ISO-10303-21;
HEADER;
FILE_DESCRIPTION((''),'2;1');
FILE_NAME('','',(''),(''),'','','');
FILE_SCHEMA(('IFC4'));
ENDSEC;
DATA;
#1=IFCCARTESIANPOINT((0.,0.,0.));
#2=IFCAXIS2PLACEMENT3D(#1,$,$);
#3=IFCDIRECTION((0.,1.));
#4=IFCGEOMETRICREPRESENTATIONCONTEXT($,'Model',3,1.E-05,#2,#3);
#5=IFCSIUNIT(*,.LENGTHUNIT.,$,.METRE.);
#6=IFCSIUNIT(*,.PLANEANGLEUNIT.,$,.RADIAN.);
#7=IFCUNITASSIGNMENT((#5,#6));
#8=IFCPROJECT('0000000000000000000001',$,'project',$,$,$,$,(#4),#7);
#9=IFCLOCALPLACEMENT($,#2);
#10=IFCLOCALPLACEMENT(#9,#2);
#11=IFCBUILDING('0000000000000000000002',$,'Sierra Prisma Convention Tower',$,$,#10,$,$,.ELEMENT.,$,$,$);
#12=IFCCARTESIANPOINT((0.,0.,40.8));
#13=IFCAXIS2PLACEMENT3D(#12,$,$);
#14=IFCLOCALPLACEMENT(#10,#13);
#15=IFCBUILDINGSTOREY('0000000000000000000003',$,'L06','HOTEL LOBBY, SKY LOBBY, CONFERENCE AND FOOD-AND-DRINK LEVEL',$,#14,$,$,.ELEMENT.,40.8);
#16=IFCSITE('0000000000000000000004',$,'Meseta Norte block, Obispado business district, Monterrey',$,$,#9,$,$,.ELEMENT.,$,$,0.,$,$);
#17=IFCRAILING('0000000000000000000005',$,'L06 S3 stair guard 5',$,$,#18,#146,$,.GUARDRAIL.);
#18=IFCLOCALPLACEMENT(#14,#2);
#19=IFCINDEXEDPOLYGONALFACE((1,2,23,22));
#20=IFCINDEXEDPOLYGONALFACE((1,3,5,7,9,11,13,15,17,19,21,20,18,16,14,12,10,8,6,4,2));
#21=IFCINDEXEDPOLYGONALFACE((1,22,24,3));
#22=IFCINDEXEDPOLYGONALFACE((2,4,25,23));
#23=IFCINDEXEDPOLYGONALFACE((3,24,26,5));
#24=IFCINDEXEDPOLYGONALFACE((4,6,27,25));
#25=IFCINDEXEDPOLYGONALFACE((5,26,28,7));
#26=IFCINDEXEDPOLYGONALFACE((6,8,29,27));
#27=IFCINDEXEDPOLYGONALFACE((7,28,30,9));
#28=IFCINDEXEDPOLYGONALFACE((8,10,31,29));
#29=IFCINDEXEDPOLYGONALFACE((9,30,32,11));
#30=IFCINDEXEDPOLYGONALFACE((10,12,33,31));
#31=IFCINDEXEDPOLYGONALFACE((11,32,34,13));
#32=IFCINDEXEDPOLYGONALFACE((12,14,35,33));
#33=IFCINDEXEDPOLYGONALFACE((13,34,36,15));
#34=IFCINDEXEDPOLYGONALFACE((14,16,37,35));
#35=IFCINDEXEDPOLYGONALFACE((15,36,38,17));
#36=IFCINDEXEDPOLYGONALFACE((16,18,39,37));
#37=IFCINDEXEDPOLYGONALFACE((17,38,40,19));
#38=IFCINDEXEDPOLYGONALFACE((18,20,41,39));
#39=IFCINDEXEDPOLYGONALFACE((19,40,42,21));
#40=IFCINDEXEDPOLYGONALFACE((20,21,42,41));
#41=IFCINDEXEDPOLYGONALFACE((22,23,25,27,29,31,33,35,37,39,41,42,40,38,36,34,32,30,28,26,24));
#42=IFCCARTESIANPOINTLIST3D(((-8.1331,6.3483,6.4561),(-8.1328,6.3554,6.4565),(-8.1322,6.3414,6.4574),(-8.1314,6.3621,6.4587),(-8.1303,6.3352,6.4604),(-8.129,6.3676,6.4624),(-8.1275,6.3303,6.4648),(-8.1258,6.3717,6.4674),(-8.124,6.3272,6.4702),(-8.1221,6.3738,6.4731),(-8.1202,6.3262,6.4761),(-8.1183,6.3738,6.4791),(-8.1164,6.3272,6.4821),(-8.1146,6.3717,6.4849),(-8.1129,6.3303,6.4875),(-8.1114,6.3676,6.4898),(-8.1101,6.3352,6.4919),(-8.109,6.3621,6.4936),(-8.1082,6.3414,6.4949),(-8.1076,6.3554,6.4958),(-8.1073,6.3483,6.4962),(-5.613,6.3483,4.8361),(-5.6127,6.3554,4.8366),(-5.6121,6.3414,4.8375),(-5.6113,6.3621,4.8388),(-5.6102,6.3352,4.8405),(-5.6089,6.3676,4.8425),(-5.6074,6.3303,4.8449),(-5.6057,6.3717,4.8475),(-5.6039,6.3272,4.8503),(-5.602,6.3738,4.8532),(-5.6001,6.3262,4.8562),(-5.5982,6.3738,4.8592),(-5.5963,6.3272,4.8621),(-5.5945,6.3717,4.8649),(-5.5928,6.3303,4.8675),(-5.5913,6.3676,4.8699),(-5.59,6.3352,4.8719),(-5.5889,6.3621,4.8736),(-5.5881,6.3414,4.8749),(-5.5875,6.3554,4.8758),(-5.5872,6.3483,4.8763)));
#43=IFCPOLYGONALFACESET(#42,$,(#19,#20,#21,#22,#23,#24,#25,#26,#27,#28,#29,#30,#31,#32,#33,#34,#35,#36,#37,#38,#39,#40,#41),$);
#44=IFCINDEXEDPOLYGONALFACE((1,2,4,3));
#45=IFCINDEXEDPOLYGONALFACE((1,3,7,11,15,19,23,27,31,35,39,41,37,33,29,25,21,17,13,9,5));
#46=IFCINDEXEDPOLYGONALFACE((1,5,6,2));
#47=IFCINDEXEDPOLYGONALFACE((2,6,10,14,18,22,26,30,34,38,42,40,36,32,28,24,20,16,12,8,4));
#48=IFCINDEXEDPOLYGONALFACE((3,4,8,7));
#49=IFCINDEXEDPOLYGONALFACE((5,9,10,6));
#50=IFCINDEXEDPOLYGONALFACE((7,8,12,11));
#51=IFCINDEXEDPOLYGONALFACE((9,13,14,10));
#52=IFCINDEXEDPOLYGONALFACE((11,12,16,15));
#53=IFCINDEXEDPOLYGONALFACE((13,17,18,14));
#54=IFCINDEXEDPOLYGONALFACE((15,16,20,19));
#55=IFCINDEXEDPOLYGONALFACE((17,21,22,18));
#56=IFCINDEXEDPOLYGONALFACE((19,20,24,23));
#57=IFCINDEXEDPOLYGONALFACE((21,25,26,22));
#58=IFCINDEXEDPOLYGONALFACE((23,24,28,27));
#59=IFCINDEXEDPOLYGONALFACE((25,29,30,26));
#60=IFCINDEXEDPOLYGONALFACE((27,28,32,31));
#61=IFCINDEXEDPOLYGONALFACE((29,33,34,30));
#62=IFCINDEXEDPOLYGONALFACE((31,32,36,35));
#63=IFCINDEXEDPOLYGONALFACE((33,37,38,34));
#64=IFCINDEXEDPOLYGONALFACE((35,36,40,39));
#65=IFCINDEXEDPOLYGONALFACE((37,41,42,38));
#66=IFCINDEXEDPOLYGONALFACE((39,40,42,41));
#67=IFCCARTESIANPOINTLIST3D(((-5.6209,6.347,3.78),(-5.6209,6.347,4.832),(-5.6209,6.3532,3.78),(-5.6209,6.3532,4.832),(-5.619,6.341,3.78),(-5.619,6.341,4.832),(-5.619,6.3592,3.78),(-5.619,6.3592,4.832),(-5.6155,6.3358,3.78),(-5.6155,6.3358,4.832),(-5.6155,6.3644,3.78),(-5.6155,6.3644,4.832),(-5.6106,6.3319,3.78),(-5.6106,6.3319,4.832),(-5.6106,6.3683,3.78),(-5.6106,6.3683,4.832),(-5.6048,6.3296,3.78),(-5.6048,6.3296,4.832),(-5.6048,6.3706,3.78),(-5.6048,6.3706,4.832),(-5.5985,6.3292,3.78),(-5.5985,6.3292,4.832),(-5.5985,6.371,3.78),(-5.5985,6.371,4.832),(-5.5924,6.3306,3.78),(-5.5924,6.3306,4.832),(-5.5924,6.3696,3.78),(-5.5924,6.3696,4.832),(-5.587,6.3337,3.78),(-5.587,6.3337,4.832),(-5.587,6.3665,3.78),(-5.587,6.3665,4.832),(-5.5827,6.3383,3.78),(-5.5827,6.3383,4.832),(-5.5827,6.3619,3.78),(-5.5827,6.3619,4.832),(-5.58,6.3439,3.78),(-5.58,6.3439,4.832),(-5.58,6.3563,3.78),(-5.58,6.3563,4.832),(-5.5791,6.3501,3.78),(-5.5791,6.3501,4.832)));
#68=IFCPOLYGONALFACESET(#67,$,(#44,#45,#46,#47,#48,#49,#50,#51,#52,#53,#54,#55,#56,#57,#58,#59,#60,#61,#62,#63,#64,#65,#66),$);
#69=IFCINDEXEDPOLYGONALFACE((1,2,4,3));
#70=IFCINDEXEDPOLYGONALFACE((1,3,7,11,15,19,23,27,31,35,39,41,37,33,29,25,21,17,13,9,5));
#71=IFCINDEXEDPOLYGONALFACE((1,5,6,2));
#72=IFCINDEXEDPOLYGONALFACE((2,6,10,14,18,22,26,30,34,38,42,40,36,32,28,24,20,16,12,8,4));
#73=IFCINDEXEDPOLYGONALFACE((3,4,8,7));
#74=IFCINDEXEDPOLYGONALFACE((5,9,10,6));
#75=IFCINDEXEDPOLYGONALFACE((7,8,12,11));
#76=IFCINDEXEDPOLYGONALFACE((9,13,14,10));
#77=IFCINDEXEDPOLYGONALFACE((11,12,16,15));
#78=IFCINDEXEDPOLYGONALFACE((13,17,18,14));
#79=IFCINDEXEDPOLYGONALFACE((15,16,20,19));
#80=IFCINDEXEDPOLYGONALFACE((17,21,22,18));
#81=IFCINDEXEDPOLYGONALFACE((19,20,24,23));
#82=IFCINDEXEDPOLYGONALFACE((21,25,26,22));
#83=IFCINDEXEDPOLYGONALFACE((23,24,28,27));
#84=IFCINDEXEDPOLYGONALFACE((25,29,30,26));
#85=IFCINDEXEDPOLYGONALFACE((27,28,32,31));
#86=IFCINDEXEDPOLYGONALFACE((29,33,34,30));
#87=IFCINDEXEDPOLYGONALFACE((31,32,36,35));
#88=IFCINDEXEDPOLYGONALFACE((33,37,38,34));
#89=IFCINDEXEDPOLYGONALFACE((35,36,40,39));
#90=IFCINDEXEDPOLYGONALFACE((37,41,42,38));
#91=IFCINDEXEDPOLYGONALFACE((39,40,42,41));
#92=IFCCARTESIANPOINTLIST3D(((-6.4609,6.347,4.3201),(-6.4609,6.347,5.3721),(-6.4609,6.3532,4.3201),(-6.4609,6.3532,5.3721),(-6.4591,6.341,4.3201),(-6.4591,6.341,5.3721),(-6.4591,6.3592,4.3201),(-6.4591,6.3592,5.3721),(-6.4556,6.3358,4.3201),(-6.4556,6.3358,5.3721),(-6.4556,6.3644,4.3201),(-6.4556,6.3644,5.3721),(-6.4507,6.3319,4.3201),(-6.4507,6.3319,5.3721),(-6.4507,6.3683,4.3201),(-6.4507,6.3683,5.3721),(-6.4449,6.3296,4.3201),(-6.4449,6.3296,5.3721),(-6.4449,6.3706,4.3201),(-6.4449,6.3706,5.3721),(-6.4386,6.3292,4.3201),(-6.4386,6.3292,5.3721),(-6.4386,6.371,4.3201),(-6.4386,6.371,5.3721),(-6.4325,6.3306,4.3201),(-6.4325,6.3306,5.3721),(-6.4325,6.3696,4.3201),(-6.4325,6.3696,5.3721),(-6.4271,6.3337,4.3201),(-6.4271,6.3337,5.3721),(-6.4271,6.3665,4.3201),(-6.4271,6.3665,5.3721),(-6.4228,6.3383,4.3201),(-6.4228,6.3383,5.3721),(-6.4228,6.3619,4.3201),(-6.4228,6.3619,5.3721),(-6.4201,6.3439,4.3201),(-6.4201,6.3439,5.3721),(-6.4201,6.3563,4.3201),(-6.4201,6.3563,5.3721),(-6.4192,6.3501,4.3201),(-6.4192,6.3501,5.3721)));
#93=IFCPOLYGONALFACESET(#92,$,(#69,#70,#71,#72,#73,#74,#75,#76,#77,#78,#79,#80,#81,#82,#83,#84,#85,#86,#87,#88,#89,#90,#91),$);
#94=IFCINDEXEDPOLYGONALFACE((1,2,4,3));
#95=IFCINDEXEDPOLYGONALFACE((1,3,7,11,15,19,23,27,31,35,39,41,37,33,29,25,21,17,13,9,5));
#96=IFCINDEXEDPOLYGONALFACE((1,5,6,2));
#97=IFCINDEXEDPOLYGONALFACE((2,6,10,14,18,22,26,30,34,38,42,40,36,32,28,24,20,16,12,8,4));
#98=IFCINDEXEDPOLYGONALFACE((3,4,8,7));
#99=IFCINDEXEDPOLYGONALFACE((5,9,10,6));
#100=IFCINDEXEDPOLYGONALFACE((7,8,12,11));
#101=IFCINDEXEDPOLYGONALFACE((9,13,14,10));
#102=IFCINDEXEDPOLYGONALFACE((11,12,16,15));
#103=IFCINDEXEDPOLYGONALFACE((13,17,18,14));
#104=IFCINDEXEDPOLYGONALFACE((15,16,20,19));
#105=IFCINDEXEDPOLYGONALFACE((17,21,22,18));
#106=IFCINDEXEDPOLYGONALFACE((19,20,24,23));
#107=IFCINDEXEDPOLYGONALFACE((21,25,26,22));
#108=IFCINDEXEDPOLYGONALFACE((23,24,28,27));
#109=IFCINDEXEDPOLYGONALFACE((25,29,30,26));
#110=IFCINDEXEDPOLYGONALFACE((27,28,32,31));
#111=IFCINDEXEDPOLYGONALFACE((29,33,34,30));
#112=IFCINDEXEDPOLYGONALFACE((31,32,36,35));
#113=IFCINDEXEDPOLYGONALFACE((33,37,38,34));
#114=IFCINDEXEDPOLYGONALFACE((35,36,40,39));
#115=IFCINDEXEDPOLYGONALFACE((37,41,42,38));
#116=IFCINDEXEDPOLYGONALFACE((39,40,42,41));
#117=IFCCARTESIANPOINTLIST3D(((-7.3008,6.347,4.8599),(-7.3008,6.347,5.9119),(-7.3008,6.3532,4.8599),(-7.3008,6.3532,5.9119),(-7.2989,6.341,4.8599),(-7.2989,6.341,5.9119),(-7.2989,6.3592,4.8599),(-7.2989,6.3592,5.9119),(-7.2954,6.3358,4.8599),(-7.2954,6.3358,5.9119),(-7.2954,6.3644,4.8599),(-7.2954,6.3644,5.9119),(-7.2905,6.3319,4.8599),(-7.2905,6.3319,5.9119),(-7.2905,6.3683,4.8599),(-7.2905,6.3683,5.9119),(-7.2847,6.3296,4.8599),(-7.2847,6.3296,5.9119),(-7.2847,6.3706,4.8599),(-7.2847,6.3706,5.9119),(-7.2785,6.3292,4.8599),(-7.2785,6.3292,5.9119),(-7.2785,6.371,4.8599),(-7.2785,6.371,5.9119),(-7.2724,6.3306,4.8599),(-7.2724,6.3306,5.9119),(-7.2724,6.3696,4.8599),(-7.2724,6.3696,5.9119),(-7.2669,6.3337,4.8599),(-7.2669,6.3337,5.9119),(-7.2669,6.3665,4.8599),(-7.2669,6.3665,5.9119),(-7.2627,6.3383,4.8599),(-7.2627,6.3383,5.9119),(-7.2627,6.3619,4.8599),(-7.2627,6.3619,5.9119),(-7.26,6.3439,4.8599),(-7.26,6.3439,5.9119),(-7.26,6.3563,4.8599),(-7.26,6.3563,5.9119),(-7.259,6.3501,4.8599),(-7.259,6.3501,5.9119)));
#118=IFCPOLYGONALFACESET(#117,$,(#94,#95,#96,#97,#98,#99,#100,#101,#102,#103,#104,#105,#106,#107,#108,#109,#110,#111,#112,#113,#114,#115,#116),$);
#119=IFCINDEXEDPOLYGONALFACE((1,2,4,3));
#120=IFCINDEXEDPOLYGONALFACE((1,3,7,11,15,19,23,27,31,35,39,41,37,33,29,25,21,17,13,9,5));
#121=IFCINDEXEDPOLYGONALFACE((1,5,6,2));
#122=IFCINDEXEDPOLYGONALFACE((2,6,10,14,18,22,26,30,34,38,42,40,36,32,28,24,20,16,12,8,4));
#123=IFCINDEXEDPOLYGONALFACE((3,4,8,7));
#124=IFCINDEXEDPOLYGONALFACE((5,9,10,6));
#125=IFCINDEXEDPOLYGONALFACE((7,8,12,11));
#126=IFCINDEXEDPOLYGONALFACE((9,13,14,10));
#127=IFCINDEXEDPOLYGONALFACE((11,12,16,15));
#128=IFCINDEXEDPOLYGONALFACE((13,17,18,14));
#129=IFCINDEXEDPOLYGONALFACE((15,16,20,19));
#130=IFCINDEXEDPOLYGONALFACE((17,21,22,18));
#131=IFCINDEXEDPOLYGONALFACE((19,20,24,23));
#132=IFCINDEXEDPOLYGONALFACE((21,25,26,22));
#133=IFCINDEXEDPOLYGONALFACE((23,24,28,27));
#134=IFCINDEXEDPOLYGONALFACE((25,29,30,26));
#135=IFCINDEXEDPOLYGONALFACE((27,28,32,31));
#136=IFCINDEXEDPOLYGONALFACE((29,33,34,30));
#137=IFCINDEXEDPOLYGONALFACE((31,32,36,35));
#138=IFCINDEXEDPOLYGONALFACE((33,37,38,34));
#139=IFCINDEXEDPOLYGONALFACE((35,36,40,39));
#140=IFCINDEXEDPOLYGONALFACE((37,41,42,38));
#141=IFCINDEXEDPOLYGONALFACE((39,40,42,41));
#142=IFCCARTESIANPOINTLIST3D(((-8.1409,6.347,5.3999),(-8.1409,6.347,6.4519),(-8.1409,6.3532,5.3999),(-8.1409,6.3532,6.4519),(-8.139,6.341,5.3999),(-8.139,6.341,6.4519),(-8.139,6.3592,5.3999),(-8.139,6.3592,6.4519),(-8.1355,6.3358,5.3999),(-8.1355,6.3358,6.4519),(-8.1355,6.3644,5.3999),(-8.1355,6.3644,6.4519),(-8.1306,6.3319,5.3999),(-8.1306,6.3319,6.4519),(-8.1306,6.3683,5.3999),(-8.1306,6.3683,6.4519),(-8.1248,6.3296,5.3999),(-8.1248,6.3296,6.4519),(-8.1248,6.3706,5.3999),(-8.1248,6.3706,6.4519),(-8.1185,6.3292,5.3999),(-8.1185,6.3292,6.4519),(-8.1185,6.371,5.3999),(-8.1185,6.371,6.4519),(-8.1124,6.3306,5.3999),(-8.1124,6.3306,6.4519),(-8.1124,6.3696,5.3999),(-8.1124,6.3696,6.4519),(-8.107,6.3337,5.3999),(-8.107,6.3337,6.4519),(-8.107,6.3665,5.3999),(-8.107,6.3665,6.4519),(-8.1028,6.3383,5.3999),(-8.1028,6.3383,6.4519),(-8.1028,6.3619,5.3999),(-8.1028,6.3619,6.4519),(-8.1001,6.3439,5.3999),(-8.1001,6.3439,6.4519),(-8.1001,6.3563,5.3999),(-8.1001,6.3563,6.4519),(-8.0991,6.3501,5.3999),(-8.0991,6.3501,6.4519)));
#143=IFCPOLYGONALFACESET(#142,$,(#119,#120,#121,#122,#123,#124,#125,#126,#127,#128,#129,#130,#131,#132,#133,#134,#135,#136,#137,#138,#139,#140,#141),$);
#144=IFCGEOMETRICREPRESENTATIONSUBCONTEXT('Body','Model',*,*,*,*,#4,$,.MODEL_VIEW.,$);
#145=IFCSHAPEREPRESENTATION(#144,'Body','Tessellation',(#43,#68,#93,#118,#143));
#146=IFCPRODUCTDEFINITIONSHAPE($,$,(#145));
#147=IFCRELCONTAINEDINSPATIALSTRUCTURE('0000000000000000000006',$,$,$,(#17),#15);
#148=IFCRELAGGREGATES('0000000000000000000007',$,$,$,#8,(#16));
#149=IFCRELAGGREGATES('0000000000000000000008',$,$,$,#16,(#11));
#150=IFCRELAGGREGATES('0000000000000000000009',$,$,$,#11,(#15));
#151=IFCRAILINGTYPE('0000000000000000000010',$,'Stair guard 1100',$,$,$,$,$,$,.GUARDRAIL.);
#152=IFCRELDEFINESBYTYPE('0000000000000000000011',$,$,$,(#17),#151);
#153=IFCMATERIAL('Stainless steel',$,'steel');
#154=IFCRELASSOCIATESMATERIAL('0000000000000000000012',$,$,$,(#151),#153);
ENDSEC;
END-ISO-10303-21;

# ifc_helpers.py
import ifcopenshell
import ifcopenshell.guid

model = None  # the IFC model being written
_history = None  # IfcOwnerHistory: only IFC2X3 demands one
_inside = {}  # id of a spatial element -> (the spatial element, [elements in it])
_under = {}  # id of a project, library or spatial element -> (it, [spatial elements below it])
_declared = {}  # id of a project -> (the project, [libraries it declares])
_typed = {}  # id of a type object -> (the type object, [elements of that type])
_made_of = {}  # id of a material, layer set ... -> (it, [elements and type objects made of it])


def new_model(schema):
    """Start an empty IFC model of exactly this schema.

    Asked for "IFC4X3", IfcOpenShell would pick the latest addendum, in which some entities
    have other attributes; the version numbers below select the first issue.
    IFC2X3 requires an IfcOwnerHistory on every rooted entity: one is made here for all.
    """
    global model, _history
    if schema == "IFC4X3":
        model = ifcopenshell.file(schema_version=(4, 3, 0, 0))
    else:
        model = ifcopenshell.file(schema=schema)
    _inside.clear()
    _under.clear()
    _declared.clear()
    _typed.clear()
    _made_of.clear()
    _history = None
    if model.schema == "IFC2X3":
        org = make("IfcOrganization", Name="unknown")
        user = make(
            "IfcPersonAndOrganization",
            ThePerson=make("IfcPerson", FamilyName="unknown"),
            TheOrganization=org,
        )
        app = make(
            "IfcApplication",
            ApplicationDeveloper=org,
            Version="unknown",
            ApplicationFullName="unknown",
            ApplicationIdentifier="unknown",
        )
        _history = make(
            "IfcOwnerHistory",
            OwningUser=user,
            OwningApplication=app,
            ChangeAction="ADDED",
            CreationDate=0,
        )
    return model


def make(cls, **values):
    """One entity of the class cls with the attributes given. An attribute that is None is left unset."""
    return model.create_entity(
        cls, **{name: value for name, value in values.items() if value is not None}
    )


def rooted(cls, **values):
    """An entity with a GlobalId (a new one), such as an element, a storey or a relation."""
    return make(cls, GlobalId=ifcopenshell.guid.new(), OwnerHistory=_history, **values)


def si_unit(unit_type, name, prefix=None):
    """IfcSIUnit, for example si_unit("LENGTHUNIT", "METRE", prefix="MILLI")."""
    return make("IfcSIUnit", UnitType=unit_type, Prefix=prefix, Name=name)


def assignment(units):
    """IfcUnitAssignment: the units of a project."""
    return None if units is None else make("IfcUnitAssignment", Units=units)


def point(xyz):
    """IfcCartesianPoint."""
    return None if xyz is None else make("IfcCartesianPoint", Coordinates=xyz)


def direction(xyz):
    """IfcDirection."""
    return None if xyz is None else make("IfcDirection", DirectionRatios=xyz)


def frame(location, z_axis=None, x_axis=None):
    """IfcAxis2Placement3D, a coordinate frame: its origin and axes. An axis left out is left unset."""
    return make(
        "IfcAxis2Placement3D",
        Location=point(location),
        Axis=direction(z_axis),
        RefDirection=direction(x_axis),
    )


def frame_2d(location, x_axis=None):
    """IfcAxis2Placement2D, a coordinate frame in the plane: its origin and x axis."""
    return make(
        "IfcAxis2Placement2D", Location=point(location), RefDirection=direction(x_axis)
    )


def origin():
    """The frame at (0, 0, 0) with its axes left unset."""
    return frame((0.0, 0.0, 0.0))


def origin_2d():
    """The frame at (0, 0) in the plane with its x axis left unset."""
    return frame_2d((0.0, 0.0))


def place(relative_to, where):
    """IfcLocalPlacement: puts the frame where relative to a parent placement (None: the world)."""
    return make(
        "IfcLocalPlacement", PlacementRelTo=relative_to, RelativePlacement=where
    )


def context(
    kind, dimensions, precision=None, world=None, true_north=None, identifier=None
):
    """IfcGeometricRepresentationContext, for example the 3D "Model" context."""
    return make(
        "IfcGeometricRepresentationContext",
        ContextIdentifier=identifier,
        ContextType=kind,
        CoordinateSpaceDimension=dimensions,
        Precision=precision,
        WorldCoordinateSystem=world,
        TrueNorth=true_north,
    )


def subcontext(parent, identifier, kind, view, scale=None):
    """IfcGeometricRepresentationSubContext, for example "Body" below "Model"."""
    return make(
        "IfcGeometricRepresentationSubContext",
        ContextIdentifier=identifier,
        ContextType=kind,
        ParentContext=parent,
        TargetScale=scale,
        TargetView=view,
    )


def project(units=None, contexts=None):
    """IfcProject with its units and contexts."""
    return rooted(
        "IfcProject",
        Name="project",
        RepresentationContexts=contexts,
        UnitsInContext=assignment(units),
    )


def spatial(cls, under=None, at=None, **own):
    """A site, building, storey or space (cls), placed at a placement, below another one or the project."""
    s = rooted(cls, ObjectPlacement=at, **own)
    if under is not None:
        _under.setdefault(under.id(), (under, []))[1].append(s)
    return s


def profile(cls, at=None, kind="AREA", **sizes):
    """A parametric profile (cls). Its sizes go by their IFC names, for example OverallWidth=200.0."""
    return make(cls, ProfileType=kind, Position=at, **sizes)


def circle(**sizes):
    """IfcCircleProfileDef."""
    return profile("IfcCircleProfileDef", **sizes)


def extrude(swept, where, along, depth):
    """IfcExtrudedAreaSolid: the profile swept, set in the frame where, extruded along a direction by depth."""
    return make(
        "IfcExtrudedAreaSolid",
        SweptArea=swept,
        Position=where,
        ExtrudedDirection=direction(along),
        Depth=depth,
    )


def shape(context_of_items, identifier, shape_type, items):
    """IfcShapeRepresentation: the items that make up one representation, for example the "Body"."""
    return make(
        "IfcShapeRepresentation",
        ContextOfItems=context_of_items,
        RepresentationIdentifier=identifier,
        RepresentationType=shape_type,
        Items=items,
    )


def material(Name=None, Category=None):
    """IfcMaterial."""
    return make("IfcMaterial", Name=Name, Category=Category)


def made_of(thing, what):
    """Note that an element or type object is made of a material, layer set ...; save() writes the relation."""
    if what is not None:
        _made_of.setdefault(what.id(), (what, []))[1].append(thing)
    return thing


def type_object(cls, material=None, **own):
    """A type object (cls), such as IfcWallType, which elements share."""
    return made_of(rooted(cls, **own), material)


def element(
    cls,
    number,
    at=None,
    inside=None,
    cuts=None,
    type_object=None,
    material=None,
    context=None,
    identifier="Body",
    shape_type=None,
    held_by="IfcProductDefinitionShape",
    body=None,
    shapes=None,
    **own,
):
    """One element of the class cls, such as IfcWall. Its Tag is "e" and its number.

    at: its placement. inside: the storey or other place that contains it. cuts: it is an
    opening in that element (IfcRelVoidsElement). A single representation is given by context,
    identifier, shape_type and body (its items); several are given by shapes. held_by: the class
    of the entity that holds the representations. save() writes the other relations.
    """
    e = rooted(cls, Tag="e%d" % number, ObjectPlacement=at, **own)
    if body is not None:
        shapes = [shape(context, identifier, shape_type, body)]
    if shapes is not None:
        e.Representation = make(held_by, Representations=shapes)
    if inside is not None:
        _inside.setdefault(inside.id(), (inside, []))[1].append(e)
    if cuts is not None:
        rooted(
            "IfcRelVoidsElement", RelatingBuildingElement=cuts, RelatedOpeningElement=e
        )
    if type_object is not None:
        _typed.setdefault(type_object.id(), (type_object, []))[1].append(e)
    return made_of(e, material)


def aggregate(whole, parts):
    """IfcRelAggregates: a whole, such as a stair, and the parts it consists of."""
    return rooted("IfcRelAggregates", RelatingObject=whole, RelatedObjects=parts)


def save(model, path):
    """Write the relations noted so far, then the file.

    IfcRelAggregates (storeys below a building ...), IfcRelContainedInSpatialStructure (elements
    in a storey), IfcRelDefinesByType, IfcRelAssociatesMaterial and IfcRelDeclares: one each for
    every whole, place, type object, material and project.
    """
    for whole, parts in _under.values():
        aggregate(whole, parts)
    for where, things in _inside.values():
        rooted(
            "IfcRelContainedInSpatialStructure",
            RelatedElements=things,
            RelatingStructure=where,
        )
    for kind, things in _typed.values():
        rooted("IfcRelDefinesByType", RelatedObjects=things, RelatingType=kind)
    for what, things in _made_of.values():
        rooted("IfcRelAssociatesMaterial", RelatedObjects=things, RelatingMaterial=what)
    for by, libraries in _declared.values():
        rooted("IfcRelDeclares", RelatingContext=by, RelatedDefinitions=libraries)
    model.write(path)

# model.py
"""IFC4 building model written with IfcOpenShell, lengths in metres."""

from ifc_helpers import new_model, si_unit, direction, frame, origin, origin_2d, place, context, subcontext, project, spatial, circle, extrude, material, type_object, element, save


model = new_model("IFC4")

# Units and contexts
model_context = context("Model", 3, precision=1e-05, world=origin(), true_north=direction((0.0, 1.0)))
body_context = subcontext(model_context, "Body", "Model", "MODEL_VIEW")
ifc_project = project(units=[si_unit("LENGTHUNIT", "METRE"), si_unit("PLANEANGLEUNIT", "RADIAN")], contexts=[model_context])

# Site, building, storey
site_placement = place(None, origin())
site = spatial("IfcSite", under=ifc_project, at=site_placement, Name="Meseta Norte block, Obispado business district, Monterrey", CompositionType="ELEMENT", RefElevation=0.0)
building_placement = place(site_placement, origin())
building = spatial("IfcBuilding", under=site, at=building_placement, Name="Sierra Prisma Convention Tower", CompositionType="ELEMENT")
storey_placement = place(building_placement, frame((0.0, 0.0, 40.8)))
storey = spatial("IfcBuildingStorey", under=building, at=storey_placement, Name="L06", Description="HOTEL LOBBY, SKY LOBBY, CONFERENCE AND FOOD-AND-DRINK LEVEL", CompositionType="ELEMENT", Elevation=40.8)

# Railing
ifc_material_1 = material(Name="Stainless steel", Category="steel")
railing_type_1 = type_object("IfcRailingType", Name="Stair guard 1100", PredefinedType="GUARDRAIL", material=ifc_material_1)
railing_1_placement = place(storey_placement, frame((-5.6001, 6.3501, 3.78)))
element("IfcRailing", 1, at=railing_1_placement, inside=storey, type_object=railing_type_1, Name="L06 S3 stair guard 5", PredefinedType="GUARDRAIL", context=body_context, shape_type="SweptSolid", body=[
    extrude(circle(Radius=0.0239, at=origin_2d()), frame((0.0, 0.0, 1.0762), z_axis=(-0.8412, 0.0, 0.540725), x_axis=(0.0, -1.0, 0.0)), (0.0, 0.0, 1.0), 2.9958),
    extrude(circle(Radius=0.021, at=origin_2d()), origin(), (0.0, 0.0, 1.0), 1.052),
    extrude(circle(Radius=0.021, at=origin_2d()), frame((-0.8401, 0.0, 0.54)), (0.0, 0.0, 1.0), 1.052),
    extrude(circle(Radius=0.021, at=origin_2d()), frame((-1.6799, 0.0, 1.0798)), (0.0, 0.0, 1.0), 1.052),
    extrude(circle(Radius=0.021, at=origin_2d()), frame((-2.52, 0.0, 1.6199)), (0.0, 0.0, 1.0), 1.052),
])

save(model, "model.ifc")
